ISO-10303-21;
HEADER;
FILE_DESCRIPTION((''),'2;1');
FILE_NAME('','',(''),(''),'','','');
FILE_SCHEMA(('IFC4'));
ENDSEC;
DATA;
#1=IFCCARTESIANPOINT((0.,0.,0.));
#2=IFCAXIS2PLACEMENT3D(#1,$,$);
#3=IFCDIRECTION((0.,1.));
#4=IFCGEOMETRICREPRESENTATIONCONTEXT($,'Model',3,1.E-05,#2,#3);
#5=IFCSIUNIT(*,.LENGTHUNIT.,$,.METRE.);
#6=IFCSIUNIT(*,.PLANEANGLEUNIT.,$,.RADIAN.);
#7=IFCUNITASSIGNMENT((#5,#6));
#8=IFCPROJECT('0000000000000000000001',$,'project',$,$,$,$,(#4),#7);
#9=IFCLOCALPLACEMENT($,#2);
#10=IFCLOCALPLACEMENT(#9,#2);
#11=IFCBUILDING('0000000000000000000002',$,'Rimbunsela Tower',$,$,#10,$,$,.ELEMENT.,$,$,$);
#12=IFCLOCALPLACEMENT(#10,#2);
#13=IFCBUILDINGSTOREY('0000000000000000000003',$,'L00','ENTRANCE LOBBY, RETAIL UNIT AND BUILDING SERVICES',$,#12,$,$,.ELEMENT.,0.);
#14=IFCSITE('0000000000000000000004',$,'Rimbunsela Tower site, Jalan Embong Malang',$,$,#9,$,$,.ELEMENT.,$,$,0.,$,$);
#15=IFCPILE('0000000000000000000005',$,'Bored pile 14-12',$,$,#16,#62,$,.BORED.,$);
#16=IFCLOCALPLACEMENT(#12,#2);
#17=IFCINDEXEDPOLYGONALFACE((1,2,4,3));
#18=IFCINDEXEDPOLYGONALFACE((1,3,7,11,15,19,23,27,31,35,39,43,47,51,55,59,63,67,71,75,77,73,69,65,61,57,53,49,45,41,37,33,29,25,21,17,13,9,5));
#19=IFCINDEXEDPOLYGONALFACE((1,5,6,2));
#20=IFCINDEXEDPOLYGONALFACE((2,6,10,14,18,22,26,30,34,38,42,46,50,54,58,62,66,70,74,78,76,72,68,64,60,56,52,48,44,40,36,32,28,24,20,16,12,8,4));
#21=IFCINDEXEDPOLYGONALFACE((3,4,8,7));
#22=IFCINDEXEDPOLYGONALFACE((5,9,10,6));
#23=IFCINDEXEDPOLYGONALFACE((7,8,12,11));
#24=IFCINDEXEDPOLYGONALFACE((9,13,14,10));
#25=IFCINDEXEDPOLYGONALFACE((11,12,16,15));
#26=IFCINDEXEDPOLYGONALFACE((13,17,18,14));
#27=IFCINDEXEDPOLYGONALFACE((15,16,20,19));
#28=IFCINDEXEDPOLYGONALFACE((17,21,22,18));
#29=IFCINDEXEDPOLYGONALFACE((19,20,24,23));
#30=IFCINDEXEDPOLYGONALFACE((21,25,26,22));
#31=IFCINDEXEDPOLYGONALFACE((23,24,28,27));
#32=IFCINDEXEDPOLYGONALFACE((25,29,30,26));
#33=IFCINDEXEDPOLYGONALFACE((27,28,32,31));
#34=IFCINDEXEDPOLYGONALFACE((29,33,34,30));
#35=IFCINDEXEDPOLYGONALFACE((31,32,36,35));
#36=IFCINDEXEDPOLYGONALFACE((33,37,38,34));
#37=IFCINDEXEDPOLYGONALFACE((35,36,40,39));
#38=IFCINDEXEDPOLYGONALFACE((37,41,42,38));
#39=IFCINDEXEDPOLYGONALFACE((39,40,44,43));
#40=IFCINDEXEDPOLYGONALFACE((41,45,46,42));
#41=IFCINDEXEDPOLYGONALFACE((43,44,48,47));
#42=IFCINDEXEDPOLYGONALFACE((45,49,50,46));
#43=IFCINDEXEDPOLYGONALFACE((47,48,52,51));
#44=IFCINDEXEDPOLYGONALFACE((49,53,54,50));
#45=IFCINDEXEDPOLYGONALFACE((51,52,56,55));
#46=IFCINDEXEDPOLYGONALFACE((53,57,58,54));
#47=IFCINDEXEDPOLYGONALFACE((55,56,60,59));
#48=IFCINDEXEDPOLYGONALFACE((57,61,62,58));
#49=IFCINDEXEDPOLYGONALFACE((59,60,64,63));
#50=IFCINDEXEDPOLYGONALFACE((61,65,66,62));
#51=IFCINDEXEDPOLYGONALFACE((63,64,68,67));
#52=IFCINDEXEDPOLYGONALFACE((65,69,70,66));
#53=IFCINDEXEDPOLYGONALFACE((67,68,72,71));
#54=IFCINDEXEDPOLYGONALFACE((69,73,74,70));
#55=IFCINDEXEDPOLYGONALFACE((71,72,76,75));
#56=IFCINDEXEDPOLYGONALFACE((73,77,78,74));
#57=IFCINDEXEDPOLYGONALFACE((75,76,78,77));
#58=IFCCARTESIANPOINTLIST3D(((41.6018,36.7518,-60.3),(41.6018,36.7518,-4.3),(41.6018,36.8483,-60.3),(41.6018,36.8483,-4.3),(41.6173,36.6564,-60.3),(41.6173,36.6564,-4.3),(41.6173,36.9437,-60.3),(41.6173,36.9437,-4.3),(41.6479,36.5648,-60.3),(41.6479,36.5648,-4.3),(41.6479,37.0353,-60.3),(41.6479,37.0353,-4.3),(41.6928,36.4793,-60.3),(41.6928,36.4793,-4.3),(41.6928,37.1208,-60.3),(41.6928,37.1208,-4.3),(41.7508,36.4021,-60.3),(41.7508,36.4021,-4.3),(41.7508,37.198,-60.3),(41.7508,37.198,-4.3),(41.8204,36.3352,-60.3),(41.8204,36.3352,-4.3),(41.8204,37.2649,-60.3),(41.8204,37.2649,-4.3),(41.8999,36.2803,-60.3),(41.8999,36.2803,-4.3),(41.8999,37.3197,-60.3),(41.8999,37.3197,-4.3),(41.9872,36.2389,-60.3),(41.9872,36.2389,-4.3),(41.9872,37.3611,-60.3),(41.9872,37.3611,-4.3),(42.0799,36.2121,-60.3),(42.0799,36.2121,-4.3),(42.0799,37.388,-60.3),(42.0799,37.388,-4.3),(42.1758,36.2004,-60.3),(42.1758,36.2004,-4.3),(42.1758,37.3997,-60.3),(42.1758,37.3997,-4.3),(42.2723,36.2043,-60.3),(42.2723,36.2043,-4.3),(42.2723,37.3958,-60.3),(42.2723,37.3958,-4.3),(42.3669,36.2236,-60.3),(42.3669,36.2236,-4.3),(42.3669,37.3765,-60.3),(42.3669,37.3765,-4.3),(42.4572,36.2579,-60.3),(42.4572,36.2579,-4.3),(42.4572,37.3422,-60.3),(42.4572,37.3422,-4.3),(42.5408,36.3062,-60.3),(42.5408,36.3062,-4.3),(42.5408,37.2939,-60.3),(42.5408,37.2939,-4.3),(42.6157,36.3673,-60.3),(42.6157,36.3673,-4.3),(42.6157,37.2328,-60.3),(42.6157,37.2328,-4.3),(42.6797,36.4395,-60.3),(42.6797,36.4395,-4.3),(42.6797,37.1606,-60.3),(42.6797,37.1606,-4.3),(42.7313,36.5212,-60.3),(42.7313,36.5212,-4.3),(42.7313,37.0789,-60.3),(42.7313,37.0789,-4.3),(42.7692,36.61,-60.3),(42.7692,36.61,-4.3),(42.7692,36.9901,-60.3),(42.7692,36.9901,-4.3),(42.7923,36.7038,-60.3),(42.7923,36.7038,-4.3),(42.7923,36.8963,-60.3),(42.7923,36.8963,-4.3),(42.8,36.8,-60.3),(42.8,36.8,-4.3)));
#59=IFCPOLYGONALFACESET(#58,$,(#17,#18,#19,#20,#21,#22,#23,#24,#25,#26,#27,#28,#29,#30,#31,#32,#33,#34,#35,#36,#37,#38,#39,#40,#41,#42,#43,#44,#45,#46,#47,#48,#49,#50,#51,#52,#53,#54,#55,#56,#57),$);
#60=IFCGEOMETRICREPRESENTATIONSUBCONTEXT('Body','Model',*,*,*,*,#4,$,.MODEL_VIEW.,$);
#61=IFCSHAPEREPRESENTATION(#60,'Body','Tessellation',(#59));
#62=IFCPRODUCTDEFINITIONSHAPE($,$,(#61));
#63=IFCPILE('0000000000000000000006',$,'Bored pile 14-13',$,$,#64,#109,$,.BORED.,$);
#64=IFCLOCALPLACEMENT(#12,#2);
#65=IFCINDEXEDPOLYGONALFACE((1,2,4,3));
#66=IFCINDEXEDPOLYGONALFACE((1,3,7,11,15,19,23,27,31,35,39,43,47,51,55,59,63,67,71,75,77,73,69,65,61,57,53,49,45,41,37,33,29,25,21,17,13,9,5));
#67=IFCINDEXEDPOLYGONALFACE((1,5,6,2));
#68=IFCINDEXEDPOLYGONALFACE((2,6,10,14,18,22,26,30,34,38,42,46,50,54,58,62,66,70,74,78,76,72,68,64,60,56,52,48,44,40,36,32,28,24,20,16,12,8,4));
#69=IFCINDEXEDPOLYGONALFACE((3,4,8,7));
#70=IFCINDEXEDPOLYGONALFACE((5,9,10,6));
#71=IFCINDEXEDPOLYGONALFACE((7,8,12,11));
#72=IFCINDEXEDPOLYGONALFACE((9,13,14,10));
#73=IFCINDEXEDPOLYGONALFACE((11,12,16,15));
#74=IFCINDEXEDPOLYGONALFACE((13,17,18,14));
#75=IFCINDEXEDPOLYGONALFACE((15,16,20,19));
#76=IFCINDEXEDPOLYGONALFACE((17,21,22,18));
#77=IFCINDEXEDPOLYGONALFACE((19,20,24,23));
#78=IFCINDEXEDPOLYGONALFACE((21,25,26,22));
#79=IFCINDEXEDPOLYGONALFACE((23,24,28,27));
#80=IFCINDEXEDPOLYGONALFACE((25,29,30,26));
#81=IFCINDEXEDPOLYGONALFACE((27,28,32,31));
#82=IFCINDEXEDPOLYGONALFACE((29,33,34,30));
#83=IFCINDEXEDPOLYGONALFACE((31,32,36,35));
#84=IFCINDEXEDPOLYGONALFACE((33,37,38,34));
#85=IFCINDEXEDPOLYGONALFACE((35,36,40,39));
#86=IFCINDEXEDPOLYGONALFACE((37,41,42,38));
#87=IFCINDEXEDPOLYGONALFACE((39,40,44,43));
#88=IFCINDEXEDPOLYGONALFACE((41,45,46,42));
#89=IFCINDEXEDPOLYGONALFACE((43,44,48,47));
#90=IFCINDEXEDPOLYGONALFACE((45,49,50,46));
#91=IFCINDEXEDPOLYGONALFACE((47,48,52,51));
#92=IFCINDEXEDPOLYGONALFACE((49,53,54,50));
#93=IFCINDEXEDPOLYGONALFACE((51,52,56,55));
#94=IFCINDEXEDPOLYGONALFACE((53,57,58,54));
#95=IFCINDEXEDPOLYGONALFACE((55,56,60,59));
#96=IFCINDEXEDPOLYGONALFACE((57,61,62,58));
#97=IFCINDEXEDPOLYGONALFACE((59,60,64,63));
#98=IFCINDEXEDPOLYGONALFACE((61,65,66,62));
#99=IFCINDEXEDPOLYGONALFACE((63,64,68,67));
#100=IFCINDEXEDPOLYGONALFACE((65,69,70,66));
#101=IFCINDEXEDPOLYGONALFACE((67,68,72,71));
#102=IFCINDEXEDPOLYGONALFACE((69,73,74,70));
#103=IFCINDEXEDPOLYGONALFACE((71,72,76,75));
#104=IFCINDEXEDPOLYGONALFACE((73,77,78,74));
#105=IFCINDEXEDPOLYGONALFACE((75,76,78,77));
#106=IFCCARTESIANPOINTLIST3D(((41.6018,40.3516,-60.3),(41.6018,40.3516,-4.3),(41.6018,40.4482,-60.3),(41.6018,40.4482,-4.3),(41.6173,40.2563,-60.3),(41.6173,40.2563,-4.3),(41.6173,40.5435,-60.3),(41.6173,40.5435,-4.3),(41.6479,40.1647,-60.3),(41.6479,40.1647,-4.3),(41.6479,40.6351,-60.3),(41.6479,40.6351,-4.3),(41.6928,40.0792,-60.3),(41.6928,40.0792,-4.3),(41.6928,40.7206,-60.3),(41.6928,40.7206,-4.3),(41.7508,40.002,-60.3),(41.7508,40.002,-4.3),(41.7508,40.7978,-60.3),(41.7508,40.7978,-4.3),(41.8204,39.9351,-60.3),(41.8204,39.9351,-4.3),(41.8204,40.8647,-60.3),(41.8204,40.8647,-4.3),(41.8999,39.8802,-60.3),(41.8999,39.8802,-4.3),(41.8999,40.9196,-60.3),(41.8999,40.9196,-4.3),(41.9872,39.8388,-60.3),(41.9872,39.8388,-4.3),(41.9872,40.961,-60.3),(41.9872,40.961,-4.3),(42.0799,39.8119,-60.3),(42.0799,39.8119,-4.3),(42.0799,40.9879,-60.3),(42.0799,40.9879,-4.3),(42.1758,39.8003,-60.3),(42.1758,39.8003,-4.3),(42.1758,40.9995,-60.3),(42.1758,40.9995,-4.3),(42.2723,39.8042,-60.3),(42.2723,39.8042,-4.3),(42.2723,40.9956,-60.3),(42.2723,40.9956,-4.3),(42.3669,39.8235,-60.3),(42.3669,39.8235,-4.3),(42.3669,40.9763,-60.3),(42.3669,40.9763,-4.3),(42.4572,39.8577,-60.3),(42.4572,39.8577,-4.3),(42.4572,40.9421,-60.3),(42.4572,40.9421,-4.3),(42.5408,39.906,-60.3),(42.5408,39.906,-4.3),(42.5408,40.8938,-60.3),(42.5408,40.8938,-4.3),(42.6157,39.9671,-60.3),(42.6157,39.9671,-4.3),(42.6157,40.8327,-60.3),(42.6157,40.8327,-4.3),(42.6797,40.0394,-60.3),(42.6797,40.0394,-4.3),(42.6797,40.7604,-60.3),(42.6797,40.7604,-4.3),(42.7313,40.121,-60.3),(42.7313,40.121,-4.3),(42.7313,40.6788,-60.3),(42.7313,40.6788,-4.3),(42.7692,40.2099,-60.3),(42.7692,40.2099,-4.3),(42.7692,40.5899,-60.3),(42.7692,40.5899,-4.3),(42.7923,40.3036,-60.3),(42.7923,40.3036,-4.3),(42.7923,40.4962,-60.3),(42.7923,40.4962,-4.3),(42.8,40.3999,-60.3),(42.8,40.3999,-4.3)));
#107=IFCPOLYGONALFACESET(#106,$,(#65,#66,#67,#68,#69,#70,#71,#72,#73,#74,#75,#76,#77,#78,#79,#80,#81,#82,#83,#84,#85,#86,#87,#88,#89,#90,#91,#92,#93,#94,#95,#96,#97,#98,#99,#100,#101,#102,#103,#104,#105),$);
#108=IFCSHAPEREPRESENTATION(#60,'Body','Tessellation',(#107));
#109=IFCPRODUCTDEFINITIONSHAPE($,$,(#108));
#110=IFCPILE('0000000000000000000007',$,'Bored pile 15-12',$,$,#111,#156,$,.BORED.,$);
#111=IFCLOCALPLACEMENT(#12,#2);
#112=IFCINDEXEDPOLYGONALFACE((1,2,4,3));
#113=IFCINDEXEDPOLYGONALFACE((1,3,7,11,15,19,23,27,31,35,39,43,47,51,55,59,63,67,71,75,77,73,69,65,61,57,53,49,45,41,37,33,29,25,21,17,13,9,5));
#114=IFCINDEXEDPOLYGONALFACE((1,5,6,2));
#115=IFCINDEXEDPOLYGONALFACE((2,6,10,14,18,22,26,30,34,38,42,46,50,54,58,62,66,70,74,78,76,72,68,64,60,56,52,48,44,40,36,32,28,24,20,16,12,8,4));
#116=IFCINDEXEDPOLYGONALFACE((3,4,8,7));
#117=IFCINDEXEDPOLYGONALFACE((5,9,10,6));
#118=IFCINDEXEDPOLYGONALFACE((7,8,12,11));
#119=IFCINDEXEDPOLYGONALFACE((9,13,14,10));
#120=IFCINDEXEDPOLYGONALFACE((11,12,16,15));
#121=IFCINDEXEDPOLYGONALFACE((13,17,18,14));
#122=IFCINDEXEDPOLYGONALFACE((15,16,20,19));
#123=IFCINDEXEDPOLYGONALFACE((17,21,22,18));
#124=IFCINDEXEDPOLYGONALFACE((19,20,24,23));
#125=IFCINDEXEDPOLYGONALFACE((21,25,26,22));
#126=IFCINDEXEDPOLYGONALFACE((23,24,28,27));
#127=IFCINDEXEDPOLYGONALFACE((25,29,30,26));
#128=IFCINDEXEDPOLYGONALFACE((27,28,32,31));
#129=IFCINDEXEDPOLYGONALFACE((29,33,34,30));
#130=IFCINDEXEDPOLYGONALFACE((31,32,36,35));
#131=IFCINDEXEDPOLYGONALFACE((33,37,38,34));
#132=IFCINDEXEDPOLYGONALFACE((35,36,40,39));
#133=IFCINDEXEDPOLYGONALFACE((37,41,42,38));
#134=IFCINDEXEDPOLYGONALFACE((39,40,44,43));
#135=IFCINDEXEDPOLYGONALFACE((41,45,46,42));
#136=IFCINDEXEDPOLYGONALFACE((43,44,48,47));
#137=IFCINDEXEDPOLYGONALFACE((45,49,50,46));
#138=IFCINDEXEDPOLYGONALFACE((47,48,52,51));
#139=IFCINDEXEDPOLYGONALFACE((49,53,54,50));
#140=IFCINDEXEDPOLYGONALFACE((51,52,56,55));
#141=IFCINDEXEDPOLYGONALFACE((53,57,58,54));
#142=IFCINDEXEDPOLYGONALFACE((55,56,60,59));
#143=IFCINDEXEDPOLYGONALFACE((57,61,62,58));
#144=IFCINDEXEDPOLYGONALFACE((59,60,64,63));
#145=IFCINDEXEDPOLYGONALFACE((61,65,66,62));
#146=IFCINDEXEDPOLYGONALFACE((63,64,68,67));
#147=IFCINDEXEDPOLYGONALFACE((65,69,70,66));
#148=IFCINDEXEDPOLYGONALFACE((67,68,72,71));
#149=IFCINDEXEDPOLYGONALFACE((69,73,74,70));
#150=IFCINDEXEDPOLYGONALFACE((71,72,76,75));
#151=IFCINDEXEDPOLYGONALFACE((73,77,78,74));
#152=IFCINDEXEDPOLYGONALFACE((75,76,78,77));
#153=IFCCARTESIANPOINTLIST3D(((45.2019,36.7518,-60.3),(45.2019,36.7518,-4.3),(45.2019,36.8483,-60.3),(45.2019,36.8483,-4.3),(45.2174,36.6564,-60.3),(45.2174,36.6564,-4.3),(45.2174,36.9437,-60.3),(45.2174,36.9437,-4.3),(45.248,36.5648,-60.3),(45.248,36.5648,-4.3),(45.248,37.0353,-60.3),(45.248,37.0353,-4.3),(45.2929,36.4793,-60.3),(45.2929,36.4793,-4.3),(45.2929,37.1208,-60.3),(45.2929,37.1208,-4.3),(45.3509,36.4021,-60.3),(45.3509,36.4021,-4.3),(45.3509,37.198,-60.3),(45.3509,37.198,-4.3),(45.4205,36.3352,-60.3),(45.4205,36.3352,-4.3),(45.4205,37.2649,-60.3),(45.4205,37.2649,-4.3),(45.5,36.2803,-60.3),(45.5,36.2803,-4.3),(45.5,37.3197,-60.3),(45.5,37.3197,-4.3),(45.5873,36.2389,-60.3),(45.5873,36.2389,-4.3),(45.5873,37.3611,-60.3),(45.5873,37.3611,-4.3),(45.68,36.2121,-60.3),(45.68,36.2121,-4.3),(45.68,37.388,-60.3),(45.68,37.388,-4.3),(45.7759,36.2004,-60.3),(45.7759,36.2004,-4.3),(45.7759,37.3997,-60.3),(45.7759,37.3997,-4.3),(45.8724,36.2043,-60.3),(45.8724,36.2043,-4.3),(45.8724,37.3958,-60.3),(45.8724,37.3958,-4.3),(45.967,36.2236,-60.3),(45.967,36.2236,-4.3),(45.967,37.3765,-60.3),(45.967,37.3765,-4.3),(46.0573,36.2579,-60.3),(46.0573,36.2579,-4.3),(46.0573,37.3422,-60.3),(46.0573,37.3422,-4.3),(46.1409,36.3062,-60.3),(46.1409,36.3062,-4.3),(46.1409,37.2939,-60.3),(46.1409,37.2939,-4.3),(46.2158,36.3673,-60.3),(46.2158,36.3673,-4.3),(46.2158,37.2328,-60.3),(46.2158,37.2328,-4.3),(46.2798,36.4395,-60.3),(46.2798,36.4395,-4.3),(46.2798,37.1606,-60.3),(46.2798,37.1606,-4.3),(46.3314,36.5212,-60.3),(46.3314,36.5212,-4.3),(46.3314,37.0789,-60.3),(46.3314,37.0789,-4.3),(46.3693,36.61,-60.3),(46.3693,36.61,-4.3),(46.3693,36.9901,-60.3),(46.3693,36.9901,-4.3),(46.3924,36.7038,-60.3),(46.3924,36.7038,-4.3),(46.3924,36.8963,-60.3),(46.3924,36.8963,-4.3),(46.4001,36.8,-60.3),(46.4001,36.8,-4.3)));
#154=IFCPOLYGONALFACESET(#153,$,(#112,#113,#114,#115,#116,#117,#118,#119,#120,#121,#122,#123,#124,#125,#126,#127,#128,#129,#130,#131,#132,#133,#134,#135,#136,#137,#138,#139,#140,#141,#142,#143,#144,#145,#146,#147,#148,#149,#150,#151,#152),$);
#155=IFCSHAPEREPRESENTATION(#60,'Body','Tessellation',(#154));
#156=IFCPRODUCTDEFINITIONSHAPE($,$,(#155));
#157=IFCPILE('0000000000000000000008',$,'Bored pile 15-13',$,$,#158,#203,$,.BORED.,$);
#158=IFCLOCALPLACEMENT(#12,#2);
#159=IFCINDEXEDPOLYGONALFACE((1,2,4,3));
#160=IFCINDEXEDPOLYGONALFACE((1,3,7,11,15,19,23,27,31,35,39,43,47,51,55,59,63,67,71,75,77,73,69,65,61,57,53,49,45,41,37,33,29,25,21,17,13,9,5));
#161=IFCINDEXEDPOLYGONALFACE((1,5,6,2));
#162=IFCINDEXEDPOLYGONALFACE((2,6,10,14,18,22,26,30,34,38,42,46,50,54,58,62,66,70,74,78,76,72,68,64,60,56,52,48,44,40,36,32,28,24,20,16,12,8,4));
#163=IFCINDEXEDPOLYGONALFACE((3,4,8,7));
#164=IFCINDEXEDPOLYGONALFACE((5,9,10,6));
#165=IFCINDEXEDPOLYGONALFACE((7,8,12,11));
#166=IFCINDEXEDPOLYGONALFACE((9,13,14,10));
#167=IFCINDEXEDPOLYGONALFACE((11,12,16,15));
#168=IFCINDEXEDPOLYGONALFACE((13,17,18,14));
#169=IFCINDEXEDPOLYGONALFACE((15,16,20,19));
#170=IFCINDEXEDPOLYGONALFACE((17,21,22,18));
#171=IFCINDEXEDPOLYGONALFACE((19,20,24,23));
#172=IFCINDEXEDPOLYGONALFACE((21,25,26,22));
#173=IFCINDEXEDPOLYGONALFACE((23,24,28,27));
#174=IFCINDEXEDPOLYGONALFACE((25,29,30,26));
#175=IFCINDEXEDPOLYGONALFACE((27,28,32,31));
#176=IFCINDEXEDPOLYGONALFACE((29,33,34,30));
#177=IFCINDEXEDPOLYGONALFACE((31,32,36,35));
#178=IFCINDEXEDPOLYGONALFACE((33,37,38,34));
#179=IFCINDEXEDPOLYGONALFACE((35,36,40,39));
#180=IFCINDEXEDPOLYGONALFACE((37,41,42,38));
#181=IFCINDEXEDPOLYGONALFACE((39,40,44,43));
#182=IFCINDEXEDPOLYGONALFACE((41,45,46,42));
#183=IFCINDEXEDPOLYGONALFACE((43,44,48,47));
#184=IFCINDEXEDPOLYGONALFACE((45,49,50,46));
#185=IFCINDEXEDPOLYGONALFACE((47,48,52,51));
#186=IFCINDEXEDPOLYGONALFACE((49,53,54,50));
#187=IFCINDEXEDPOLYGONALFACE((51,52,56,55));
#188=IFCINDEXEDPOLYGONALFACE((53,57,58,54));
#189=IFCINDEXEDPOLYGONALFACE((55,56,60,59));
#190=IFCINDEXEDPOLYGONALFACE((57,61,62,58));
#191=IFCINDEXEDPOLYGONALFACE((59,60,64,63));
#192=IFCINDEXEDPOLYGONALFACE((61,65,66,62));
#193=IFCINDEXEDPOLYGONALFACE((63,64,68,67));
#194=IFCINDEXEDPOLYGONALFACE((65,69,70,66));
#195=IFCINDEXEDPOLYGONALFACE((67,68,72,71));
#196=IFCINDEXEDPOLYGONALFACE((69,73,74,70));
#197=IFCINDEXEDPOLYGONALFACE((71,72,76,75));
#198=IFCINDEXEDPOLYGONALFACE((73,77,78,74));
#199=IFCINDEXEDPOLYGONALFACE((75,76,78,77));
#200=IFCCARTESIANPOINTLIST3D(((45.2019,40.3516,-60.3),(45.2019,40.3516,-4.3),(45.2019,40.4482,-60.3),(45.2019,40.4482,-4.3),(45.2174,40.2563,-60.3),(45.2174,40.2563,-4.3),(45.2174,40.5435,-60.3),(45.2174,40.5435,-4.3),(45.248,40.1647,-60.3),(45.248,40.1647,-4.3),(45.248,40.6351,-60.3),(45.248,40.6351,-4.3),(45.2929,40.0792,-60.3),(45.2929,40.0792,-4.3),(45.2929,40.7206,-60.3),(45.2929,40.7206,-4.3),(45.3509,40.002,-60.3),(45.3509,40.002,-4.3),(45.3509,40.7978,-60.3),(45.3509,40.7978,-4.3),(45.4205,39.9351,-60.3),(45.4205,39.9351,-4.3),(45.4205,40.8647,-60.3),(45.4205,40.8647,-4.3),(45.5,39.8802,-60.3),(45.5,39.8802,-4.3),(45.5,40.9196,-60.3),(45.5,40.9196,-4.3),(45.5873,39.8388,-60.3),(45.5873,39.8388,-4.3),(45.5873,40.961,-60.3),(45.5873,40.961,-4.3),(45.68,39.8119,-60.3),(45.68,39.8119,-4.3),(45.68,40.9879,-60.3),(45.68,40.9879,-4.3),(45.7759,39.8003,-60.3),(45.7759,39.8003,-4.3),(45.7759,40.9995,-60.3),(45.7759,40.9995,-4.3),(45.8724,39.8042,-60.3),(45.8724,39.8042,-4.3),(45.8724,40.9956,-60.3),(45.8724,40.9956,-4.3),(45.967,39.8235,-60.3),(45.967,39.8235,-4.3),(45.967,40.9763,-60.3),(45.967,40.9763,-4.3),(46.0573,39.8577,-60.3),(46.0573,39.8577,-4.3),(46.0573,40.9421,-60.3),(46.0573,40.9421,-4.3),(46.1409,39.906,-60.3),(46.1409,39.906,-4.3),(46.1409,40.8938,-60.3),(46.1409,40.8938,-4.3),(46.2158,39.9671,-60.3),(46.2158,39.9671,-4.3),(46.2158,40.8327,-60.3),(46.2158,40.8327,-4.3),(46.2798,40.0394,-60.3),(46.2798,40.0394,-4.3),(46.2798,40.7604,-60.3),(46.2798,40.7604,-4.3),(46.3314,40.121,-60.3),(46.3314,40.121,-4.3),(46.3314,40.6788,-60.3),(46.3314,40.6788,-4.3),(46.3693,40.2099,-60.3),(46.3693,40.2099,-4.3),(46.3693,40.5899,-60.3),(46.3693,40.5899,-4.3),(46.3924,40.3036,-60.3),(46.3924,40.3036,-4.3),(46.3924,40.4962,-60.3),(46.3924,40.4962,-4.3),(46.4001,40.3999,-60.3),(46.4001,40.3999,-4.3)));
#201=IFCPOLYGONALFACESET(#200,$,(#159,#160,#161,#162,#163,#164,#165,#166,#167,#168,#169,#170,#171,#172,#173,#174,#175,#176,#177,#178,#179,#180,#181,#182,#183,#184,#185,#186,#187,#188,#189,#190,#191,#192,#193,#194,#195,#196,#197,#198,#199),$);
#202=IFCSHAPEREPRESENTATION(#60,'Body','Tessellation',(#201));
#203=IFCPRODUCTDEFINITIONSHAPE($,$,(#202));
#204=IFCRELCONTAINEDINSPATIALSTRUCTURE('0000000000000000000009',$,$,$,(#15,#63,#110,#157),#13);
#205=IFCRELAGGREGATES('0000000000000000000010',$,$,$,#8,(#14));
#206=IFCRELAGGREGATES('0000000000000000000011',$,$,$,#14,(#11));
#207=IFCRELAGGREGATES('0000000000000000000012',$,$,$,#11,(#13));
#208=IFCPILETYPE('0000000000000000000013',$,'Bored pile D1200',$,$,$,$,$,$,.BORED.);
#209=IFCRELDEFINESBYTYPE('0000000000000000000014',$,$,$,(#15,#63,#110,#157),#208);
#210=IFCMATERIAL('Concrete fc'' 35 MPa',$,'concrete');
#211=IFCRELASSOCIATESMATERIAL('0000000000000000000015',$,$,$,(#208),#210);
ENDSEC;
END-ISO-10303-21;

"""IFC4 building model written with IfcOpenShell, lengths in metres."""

from ifc_helpers import new_model, si_unit, direction, frame, origin, origin_2d, place, context, subcontext, project, spatial, circle, extrude, material, material_profile, profile_set, type_object, element, save


model = new_model("IFC4")

# Units and contexts
model_context = context("Model", 3, precision=1e-05, world=origin(), true_north=direction((0.0, 1.0)))
body_context = subcontext(model_context, "Body", "Model", "MODEL_VIEW")
ifc_project = project(units=[si_unit("LENGTHUNIT", "METRE"), si_unit("PLANEANGLEUNIT", "RADIAN")], contexts=[model_context])

# Site, building, storey
site_placement = place(None, origin())
site = spatial("IfcSite", under=ifc_project, at=site_placement, Name="Rimbunsela Tower site, Jalan Embong Malang", CompositionType="ELEMENT", RefElevation=0.0)
building_placement = place(site_placement, origin())
building = spatial("IfcBuilding", under=site, at=building_placement, Name="Rimbunsela Tower", CompositionType="ELEMENT")
storey_placement = place(building_placement, origin())
storey = spatial("IfcBuildingStorey", under=building, at=storey_placement, Name="L00", Description="ENTRANCE LOBBY, RETAIL UNIT AND BUILDING SERVICES", CompositionType="ELEMENT", Elevation=0.0)

# Piles
ifc_material_1 = material(Name="Concrete fc' 35 MPa", Category="concrete")
ifc_material_profile_1 = material_profile(ifc_material_1, circle(Radius=0.6001, at=origin_2d()), Name="BP D1200")
ifc_profile_set_1 = profile_set([ifc_material_profile_1], Name="Concrete fc' 35 MPa")
pile_type = type_object("IfcPileType", Name="Bored pile D1200", PredefinedType="BORED", material=ifc_profile_set_1)
for number, where, z_axis, x_axis, name in (
    (1, (42.2, 36.8, -4.3), (0.0, 0.0, -1.0), (1.0, 0.0, 0.0), "Bored pile 14-12"),
    (2, (42.2, 40.3999, -4.3), (0.0, 0.0, -1.0), (1.0, 0.0, 0.0), "Bored pile 14-13"),
    (3, (45.8, 36.8, -4.3), (0.0, 0.0, -1.0), (1.0, 0.0, 0.0), "Bored pile 15-12"),
    (4, (45.8, 40.3999, -4.3), (0.0, 0.0, -1.0), (1.0, 0.0, 0.0), "Bored pile 15-13"),
):
    element("IfcPile", number, at=place(storey_placement, frame(where, z_axis=z_axis, x_axis=x_axis)), inside=storey, type_object=pile_type, Name=name, PredefinedType="BORED", context=body_context, shape_type="SweptSolid", body=[
        extrude(circle(Radius=0.6001, at=origin_2d()), origin(), (0.0, 0.0, 1.0), 56.0),
    ])

save(model, "model.ifc")
